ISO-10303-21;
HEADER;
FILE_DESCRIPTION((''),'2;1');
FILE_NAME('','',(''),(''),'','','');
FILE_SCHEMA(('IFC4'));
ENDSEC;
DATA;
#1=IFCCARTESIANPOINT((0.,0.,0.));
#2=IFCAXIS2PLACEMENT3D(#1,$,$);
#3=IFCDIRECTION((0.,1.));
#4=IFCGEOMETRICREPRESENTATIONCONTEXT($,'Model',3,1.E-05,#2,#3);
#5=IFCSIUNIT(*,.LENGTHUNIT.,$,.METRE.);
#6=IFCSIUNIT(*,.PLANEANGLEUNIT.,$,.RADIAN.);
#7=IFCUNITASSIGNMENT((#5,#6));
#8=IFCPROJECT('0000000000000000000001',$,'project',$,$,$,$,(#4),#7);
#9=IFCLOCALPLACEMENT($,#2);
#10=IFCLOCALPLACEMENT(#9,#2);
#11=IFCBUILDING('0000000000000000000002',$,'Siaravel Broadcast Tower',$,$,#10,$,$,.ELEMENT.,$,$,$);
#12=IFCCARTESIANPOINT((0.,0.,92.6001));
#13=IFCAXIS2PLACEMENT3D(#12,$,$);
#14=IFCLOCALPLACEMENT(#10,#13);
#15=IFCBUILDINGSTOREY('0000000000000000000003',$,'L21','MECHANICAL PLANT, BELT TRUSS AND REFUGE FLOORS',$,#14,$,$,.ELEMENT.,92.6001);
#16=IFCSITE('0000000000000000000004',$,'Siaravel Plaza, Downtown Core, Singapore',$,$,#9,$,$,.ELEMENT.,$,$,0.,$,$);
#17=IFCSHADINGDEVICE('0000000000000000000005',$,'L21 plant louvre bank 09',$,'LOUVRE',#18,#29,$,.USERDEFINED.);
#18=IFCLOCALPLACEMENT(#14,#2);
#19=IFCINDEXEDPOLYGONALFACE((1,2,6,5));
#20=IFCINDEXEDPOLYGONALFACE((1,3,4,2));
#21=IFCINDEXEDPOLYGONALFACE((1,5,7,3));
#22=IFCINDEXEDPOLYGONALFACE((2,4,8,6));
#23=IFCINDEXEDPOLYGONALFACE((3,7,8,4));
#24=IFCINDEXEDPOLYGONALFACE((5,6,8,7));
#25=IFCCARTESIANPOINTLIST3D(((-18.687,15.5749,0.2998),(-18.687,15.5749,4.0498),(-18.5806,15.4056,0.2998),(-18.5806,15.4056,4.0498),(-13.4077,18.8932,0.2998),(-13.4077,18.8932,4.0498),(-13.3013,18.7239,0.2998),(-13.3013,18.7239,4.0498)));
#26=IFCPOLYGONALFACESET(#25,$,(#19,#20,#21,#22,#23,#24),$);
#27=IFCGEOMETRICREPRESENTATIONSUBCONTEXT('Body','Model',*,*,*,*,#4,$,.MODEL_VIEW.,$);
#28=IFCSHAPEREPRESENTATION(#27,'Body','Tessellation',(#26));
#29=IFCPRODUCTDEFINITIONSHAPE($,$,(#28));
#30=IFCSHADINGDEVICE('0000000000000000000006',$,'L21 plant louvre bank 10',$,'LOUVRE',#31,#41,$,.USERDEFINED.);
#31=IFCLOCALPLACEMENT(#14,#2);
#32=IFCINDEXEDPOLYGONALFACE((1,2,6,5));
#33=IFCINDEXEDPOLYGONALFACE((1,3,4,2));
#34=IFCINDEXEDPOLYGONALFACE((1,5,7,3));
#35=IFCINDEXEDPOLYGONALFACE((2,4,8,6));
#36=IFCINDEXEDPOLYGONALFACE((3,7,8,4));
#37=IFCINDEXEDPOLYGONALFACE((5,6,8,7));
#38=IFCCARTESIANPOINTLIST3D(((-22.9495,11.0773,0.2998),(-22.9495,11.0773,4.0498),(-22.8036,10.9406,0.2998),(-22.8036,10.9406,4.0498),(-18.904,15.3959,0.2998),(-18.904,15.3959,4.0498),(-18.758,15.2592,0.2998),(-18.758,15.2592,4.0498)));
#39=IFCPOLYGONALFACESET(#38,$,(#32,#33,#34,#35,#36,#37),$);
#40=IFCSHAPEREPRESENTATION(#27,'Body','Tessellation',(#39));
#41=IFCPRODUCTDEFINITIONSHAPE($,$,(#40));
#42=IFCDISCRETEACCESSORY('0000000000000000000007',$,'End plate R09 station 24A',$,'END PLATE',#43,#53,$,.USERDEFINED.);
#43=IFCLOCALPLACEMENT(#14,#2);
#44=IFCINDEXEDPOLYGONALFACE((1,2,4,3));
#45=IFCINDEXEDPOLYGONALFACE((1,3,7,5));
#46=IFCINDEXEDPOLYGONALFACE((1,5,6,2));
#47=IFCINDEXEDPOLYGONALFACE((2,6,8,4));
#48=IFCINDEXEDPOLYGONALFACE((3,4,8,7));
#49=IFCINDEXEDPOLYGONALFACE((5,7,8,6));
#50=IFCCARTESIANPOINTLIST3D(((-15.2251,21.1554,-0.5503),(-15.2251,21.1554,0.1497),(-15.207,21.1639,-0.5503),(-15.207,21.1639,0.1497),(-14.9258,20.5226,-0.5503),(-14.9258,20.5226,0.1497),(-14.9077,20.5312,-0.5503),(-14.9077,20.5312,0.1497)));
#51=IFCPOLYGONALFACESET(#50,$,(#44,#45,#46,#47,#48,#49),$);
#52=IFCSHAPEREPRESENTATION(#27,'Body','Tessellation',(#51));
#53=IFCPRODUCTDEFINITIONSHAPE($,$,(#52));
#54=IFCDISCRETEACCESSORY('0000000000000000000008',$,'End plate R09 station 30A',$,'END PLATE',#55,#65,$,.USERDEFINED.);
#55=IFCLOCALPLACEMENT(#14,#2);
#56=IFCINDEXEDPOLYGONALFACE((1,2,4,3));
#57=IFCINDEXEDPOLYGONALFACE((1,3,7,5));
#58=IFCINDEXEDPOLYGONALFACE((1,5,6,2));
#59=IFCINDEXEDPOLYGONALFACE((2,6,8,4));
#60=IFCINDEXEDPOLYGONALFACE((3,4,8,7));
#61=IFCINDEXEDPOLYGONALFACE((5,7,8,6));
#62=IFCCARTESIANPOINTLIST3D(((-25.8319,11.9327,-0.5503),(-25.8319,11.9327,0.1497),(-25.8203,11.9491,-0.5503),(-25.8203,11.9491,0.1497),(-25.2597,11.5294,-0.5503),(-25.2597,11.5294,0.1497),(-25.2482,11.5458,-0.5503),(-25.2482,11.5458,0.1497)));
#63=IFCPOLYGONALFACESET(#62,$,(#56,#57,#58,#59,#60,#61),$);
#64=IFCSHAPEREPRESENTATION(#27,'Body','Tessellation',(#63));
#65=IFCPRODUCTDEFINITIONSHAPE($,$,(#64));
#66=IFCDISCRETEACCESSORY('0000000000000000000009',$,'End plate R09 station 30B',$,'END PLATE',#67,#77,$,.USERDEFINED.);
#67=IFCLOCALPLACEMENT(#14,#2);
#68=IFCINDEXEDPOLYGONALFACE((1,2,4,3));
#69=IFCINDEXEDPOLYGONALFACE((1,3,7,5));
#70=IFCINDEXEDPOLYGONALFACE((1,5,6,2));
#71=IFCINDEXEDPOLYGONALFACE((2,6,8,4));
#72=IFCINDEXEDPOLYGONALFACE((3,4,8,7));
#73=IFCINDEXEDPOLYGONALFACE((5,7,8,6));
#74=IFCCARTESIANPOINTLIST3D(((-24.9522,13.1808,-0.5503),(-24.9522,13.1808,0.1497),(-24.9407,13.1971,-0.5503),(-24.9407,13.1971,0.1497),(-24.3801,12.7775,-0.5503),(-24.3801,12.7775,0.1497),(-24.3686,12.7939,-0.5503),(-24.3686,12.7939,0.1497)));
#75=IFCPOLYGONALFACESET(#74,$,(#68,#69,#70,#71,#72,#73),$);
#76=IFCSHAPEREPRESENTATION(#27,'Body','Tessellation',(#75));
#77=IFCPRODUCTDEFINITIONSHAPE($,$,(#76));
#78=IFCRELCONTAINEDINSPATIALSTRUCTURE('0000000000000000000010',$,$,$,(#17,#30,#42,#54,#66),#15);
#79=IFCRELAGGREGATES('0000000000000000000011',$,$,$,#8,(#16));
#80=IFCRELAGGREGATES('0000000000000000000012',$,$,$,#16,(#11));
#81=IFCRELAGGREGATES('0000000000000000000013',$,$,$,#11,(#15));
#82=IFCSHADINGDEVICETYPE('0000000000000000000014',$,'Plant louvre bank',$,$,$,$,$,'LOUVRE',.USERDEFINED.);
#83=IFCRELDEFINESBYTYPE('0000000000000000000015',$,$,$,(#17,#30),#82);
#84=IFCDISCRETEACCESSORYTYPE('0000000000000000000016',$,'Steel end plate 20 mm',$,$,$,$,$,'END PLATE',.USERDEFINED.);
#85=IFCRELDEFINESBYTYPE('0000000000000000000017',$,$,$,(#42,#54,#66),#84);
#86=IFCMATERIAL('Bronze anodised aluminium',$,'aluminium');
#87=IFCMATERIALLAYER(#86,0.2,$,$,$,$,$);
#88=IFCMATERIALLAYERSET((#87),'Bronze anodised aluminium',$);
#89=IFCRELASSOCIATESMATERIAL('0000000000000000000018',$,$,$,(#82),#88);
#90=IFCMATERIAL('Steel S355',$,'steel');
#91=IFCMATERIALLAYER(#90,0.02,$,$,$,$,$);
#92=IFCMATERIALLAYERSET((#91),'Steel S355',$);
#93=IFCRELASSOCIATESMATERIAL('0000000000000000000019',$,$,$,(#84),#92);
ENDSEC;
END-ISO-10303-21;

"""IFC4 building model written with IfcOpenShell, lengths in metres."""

from ifc_helpers import new_model, si_unit, direction, frame, origin, origin_2d, place, context, subcontext, project, spatial, rectangle, extrude, material, layer, layer_set, type_object, element, save


model = new_model("IFC4")

# Units and contexts
model_context = context("Model", 3, precision=1e-05, world=origin(), true_north=direction((0.0, 1.0)))
body_context = subcontext(model_context, "Body", "Model", "MODEL_VIEW")
ifc_project = project(units=[si_unit("LENGTHUNIT", "METRE"), si_unit("PLANEANGLEUNIT", "RADIAN")], contexts=[model_context])

# Site, building, storey
site_placement = place(None, origin())
site = spatial("IfcSite", under=ifc_project, at=site_placement, Name="Siaravel Plaza, Downtown Core, Singapore", CompositionType="ELEMENT", RefElevation=0.0)
building_placement = place(site_placement, origin())
building = spatial("IfcBuilding", under=site, at=building_placement, Name="Siaravel Broadcast Tower", CompositionType="ELEMENT")
storey_placement = place(building_placement, frame((0.0, 0.0, 92.6001)))
storey = spatial("IfcBuildingStorey", under=building, at=storey_placement, Name="L21", Description="MECHANICAL PLANT, BELT TRUSS AND REFUGE FLOORS", CompositionType="ELEMENT", Elevation=92.6001)

# Shared definitions
ifc_material_1 = material(Name="Steel S355", Category="steel")

# Shading devices
ifc_material_2 = material(Name="Bronze anodised aluminium", Category="aluminium")
ifc_layer_1 = layer(ifc_material_2, 0.2)
ifc_layer_set_1 = layer_set([ifc_layer_1], Name="Bronze anodised aluminium")
shading_device_type = type_object("IfcShadingDeviceType", Name="Plant louvre bank", ElementType="LOUVRE", PredefinedType="USERDEFINED", material=ifc_layer_set_1)
shading_device_1_placement = place(storey_placement, frame((-15.9941, 17.1494, 0.2998), z_axis=(0.0, 0.0, 1.0), x_axis=(-0.84665, -0.532149, 0.0)))
element("IfcShadingDevice", 1, at=shading_device_1_placement, inside=storey, type_object=shading_device_type, Name="L21 plant louvre bank 09", ObjectType="LOUVRE", PredefinedType="USERDEFINED", context=body_context, shape_type="SweptSolid", body=[
    extrude(rectangle(XDim=6.2356, YDim=0.2, at=origin_2d()), origin(), (0.0, 0.0, 1.0), 3.75),
])
shading_device_2_placement = place(storey_placement, frame((-20.8538, 13.1682, 0.2998), z_axis=(0.0, 0.0, 1.0), x_axis=(-0.683655, -0.729806, 0.0)))
element("IfcShadingDevice", 2, at=shading_device_2_placement, inside=storey, type_object=shading_device_type, Name="L21 plant louvre bank 10", ObjectType="LOUVRE", PredefinedType="USERDEFINED", context=body_context, shape_type="SweptSolid", body=[
    extrude(rectangle(XDim=5.9175, YDim=0.2, at=origin_2d()), origin(), (0.0, 0.0, 1.0), 3.75),
])

# Discrete accessories
ifc_layer_2 = layer(ifc_material_1, 0.02)
ifc_layer_set_2 = layer_set([ifc_layer_2], Name="Steel S355")
discrete_accessory_type = type_object("IfcDiscreteAccessoryType", Name="Steel end plate 20 mm", ElementType="END PLATE", PredefinedType="USERDEFINED", material=ifc_layer_set_2)
for number, where, z_axis, x_axis, name in (
    (3, (-15.0664, 20.8433, -0.5503), (0.0, 0.0, 1.0), (-0.904006, -0.427519, 0.0), "End plate R09 station 24A"),
    (4, (-25.54, 11.7393, -0.5503), (0.0, 0.0, 1.0), (-0.576119, -0.817366, 0.0), "End plate R09 station 30A"),
    (5, (-24.6604, 12.9873, -0.5503), (0.0, 0.0, 1.0), (-0.576119, -0.817366, 0.0), "End plate R09 station 30B"),
):
    element("IfcDiscreteAccessory", number, at=place(storey_placement, frame(where, z_axis=z_axis, x_axis=x_axis)), inside=storey, type_object=discrete_accessory_type, Name=name, ObjectType="END PLATE", PredefinedType="USERDEFINED", context=body_context, shape_type="SweptSolid", body=[
        extrude(rectangle(XDim=0.02, YDim=0.7, at=origin_2d()), origin(), (0.0, 0.0, 1.0), 0.7),
    ])

save(model, "model.ifc")
